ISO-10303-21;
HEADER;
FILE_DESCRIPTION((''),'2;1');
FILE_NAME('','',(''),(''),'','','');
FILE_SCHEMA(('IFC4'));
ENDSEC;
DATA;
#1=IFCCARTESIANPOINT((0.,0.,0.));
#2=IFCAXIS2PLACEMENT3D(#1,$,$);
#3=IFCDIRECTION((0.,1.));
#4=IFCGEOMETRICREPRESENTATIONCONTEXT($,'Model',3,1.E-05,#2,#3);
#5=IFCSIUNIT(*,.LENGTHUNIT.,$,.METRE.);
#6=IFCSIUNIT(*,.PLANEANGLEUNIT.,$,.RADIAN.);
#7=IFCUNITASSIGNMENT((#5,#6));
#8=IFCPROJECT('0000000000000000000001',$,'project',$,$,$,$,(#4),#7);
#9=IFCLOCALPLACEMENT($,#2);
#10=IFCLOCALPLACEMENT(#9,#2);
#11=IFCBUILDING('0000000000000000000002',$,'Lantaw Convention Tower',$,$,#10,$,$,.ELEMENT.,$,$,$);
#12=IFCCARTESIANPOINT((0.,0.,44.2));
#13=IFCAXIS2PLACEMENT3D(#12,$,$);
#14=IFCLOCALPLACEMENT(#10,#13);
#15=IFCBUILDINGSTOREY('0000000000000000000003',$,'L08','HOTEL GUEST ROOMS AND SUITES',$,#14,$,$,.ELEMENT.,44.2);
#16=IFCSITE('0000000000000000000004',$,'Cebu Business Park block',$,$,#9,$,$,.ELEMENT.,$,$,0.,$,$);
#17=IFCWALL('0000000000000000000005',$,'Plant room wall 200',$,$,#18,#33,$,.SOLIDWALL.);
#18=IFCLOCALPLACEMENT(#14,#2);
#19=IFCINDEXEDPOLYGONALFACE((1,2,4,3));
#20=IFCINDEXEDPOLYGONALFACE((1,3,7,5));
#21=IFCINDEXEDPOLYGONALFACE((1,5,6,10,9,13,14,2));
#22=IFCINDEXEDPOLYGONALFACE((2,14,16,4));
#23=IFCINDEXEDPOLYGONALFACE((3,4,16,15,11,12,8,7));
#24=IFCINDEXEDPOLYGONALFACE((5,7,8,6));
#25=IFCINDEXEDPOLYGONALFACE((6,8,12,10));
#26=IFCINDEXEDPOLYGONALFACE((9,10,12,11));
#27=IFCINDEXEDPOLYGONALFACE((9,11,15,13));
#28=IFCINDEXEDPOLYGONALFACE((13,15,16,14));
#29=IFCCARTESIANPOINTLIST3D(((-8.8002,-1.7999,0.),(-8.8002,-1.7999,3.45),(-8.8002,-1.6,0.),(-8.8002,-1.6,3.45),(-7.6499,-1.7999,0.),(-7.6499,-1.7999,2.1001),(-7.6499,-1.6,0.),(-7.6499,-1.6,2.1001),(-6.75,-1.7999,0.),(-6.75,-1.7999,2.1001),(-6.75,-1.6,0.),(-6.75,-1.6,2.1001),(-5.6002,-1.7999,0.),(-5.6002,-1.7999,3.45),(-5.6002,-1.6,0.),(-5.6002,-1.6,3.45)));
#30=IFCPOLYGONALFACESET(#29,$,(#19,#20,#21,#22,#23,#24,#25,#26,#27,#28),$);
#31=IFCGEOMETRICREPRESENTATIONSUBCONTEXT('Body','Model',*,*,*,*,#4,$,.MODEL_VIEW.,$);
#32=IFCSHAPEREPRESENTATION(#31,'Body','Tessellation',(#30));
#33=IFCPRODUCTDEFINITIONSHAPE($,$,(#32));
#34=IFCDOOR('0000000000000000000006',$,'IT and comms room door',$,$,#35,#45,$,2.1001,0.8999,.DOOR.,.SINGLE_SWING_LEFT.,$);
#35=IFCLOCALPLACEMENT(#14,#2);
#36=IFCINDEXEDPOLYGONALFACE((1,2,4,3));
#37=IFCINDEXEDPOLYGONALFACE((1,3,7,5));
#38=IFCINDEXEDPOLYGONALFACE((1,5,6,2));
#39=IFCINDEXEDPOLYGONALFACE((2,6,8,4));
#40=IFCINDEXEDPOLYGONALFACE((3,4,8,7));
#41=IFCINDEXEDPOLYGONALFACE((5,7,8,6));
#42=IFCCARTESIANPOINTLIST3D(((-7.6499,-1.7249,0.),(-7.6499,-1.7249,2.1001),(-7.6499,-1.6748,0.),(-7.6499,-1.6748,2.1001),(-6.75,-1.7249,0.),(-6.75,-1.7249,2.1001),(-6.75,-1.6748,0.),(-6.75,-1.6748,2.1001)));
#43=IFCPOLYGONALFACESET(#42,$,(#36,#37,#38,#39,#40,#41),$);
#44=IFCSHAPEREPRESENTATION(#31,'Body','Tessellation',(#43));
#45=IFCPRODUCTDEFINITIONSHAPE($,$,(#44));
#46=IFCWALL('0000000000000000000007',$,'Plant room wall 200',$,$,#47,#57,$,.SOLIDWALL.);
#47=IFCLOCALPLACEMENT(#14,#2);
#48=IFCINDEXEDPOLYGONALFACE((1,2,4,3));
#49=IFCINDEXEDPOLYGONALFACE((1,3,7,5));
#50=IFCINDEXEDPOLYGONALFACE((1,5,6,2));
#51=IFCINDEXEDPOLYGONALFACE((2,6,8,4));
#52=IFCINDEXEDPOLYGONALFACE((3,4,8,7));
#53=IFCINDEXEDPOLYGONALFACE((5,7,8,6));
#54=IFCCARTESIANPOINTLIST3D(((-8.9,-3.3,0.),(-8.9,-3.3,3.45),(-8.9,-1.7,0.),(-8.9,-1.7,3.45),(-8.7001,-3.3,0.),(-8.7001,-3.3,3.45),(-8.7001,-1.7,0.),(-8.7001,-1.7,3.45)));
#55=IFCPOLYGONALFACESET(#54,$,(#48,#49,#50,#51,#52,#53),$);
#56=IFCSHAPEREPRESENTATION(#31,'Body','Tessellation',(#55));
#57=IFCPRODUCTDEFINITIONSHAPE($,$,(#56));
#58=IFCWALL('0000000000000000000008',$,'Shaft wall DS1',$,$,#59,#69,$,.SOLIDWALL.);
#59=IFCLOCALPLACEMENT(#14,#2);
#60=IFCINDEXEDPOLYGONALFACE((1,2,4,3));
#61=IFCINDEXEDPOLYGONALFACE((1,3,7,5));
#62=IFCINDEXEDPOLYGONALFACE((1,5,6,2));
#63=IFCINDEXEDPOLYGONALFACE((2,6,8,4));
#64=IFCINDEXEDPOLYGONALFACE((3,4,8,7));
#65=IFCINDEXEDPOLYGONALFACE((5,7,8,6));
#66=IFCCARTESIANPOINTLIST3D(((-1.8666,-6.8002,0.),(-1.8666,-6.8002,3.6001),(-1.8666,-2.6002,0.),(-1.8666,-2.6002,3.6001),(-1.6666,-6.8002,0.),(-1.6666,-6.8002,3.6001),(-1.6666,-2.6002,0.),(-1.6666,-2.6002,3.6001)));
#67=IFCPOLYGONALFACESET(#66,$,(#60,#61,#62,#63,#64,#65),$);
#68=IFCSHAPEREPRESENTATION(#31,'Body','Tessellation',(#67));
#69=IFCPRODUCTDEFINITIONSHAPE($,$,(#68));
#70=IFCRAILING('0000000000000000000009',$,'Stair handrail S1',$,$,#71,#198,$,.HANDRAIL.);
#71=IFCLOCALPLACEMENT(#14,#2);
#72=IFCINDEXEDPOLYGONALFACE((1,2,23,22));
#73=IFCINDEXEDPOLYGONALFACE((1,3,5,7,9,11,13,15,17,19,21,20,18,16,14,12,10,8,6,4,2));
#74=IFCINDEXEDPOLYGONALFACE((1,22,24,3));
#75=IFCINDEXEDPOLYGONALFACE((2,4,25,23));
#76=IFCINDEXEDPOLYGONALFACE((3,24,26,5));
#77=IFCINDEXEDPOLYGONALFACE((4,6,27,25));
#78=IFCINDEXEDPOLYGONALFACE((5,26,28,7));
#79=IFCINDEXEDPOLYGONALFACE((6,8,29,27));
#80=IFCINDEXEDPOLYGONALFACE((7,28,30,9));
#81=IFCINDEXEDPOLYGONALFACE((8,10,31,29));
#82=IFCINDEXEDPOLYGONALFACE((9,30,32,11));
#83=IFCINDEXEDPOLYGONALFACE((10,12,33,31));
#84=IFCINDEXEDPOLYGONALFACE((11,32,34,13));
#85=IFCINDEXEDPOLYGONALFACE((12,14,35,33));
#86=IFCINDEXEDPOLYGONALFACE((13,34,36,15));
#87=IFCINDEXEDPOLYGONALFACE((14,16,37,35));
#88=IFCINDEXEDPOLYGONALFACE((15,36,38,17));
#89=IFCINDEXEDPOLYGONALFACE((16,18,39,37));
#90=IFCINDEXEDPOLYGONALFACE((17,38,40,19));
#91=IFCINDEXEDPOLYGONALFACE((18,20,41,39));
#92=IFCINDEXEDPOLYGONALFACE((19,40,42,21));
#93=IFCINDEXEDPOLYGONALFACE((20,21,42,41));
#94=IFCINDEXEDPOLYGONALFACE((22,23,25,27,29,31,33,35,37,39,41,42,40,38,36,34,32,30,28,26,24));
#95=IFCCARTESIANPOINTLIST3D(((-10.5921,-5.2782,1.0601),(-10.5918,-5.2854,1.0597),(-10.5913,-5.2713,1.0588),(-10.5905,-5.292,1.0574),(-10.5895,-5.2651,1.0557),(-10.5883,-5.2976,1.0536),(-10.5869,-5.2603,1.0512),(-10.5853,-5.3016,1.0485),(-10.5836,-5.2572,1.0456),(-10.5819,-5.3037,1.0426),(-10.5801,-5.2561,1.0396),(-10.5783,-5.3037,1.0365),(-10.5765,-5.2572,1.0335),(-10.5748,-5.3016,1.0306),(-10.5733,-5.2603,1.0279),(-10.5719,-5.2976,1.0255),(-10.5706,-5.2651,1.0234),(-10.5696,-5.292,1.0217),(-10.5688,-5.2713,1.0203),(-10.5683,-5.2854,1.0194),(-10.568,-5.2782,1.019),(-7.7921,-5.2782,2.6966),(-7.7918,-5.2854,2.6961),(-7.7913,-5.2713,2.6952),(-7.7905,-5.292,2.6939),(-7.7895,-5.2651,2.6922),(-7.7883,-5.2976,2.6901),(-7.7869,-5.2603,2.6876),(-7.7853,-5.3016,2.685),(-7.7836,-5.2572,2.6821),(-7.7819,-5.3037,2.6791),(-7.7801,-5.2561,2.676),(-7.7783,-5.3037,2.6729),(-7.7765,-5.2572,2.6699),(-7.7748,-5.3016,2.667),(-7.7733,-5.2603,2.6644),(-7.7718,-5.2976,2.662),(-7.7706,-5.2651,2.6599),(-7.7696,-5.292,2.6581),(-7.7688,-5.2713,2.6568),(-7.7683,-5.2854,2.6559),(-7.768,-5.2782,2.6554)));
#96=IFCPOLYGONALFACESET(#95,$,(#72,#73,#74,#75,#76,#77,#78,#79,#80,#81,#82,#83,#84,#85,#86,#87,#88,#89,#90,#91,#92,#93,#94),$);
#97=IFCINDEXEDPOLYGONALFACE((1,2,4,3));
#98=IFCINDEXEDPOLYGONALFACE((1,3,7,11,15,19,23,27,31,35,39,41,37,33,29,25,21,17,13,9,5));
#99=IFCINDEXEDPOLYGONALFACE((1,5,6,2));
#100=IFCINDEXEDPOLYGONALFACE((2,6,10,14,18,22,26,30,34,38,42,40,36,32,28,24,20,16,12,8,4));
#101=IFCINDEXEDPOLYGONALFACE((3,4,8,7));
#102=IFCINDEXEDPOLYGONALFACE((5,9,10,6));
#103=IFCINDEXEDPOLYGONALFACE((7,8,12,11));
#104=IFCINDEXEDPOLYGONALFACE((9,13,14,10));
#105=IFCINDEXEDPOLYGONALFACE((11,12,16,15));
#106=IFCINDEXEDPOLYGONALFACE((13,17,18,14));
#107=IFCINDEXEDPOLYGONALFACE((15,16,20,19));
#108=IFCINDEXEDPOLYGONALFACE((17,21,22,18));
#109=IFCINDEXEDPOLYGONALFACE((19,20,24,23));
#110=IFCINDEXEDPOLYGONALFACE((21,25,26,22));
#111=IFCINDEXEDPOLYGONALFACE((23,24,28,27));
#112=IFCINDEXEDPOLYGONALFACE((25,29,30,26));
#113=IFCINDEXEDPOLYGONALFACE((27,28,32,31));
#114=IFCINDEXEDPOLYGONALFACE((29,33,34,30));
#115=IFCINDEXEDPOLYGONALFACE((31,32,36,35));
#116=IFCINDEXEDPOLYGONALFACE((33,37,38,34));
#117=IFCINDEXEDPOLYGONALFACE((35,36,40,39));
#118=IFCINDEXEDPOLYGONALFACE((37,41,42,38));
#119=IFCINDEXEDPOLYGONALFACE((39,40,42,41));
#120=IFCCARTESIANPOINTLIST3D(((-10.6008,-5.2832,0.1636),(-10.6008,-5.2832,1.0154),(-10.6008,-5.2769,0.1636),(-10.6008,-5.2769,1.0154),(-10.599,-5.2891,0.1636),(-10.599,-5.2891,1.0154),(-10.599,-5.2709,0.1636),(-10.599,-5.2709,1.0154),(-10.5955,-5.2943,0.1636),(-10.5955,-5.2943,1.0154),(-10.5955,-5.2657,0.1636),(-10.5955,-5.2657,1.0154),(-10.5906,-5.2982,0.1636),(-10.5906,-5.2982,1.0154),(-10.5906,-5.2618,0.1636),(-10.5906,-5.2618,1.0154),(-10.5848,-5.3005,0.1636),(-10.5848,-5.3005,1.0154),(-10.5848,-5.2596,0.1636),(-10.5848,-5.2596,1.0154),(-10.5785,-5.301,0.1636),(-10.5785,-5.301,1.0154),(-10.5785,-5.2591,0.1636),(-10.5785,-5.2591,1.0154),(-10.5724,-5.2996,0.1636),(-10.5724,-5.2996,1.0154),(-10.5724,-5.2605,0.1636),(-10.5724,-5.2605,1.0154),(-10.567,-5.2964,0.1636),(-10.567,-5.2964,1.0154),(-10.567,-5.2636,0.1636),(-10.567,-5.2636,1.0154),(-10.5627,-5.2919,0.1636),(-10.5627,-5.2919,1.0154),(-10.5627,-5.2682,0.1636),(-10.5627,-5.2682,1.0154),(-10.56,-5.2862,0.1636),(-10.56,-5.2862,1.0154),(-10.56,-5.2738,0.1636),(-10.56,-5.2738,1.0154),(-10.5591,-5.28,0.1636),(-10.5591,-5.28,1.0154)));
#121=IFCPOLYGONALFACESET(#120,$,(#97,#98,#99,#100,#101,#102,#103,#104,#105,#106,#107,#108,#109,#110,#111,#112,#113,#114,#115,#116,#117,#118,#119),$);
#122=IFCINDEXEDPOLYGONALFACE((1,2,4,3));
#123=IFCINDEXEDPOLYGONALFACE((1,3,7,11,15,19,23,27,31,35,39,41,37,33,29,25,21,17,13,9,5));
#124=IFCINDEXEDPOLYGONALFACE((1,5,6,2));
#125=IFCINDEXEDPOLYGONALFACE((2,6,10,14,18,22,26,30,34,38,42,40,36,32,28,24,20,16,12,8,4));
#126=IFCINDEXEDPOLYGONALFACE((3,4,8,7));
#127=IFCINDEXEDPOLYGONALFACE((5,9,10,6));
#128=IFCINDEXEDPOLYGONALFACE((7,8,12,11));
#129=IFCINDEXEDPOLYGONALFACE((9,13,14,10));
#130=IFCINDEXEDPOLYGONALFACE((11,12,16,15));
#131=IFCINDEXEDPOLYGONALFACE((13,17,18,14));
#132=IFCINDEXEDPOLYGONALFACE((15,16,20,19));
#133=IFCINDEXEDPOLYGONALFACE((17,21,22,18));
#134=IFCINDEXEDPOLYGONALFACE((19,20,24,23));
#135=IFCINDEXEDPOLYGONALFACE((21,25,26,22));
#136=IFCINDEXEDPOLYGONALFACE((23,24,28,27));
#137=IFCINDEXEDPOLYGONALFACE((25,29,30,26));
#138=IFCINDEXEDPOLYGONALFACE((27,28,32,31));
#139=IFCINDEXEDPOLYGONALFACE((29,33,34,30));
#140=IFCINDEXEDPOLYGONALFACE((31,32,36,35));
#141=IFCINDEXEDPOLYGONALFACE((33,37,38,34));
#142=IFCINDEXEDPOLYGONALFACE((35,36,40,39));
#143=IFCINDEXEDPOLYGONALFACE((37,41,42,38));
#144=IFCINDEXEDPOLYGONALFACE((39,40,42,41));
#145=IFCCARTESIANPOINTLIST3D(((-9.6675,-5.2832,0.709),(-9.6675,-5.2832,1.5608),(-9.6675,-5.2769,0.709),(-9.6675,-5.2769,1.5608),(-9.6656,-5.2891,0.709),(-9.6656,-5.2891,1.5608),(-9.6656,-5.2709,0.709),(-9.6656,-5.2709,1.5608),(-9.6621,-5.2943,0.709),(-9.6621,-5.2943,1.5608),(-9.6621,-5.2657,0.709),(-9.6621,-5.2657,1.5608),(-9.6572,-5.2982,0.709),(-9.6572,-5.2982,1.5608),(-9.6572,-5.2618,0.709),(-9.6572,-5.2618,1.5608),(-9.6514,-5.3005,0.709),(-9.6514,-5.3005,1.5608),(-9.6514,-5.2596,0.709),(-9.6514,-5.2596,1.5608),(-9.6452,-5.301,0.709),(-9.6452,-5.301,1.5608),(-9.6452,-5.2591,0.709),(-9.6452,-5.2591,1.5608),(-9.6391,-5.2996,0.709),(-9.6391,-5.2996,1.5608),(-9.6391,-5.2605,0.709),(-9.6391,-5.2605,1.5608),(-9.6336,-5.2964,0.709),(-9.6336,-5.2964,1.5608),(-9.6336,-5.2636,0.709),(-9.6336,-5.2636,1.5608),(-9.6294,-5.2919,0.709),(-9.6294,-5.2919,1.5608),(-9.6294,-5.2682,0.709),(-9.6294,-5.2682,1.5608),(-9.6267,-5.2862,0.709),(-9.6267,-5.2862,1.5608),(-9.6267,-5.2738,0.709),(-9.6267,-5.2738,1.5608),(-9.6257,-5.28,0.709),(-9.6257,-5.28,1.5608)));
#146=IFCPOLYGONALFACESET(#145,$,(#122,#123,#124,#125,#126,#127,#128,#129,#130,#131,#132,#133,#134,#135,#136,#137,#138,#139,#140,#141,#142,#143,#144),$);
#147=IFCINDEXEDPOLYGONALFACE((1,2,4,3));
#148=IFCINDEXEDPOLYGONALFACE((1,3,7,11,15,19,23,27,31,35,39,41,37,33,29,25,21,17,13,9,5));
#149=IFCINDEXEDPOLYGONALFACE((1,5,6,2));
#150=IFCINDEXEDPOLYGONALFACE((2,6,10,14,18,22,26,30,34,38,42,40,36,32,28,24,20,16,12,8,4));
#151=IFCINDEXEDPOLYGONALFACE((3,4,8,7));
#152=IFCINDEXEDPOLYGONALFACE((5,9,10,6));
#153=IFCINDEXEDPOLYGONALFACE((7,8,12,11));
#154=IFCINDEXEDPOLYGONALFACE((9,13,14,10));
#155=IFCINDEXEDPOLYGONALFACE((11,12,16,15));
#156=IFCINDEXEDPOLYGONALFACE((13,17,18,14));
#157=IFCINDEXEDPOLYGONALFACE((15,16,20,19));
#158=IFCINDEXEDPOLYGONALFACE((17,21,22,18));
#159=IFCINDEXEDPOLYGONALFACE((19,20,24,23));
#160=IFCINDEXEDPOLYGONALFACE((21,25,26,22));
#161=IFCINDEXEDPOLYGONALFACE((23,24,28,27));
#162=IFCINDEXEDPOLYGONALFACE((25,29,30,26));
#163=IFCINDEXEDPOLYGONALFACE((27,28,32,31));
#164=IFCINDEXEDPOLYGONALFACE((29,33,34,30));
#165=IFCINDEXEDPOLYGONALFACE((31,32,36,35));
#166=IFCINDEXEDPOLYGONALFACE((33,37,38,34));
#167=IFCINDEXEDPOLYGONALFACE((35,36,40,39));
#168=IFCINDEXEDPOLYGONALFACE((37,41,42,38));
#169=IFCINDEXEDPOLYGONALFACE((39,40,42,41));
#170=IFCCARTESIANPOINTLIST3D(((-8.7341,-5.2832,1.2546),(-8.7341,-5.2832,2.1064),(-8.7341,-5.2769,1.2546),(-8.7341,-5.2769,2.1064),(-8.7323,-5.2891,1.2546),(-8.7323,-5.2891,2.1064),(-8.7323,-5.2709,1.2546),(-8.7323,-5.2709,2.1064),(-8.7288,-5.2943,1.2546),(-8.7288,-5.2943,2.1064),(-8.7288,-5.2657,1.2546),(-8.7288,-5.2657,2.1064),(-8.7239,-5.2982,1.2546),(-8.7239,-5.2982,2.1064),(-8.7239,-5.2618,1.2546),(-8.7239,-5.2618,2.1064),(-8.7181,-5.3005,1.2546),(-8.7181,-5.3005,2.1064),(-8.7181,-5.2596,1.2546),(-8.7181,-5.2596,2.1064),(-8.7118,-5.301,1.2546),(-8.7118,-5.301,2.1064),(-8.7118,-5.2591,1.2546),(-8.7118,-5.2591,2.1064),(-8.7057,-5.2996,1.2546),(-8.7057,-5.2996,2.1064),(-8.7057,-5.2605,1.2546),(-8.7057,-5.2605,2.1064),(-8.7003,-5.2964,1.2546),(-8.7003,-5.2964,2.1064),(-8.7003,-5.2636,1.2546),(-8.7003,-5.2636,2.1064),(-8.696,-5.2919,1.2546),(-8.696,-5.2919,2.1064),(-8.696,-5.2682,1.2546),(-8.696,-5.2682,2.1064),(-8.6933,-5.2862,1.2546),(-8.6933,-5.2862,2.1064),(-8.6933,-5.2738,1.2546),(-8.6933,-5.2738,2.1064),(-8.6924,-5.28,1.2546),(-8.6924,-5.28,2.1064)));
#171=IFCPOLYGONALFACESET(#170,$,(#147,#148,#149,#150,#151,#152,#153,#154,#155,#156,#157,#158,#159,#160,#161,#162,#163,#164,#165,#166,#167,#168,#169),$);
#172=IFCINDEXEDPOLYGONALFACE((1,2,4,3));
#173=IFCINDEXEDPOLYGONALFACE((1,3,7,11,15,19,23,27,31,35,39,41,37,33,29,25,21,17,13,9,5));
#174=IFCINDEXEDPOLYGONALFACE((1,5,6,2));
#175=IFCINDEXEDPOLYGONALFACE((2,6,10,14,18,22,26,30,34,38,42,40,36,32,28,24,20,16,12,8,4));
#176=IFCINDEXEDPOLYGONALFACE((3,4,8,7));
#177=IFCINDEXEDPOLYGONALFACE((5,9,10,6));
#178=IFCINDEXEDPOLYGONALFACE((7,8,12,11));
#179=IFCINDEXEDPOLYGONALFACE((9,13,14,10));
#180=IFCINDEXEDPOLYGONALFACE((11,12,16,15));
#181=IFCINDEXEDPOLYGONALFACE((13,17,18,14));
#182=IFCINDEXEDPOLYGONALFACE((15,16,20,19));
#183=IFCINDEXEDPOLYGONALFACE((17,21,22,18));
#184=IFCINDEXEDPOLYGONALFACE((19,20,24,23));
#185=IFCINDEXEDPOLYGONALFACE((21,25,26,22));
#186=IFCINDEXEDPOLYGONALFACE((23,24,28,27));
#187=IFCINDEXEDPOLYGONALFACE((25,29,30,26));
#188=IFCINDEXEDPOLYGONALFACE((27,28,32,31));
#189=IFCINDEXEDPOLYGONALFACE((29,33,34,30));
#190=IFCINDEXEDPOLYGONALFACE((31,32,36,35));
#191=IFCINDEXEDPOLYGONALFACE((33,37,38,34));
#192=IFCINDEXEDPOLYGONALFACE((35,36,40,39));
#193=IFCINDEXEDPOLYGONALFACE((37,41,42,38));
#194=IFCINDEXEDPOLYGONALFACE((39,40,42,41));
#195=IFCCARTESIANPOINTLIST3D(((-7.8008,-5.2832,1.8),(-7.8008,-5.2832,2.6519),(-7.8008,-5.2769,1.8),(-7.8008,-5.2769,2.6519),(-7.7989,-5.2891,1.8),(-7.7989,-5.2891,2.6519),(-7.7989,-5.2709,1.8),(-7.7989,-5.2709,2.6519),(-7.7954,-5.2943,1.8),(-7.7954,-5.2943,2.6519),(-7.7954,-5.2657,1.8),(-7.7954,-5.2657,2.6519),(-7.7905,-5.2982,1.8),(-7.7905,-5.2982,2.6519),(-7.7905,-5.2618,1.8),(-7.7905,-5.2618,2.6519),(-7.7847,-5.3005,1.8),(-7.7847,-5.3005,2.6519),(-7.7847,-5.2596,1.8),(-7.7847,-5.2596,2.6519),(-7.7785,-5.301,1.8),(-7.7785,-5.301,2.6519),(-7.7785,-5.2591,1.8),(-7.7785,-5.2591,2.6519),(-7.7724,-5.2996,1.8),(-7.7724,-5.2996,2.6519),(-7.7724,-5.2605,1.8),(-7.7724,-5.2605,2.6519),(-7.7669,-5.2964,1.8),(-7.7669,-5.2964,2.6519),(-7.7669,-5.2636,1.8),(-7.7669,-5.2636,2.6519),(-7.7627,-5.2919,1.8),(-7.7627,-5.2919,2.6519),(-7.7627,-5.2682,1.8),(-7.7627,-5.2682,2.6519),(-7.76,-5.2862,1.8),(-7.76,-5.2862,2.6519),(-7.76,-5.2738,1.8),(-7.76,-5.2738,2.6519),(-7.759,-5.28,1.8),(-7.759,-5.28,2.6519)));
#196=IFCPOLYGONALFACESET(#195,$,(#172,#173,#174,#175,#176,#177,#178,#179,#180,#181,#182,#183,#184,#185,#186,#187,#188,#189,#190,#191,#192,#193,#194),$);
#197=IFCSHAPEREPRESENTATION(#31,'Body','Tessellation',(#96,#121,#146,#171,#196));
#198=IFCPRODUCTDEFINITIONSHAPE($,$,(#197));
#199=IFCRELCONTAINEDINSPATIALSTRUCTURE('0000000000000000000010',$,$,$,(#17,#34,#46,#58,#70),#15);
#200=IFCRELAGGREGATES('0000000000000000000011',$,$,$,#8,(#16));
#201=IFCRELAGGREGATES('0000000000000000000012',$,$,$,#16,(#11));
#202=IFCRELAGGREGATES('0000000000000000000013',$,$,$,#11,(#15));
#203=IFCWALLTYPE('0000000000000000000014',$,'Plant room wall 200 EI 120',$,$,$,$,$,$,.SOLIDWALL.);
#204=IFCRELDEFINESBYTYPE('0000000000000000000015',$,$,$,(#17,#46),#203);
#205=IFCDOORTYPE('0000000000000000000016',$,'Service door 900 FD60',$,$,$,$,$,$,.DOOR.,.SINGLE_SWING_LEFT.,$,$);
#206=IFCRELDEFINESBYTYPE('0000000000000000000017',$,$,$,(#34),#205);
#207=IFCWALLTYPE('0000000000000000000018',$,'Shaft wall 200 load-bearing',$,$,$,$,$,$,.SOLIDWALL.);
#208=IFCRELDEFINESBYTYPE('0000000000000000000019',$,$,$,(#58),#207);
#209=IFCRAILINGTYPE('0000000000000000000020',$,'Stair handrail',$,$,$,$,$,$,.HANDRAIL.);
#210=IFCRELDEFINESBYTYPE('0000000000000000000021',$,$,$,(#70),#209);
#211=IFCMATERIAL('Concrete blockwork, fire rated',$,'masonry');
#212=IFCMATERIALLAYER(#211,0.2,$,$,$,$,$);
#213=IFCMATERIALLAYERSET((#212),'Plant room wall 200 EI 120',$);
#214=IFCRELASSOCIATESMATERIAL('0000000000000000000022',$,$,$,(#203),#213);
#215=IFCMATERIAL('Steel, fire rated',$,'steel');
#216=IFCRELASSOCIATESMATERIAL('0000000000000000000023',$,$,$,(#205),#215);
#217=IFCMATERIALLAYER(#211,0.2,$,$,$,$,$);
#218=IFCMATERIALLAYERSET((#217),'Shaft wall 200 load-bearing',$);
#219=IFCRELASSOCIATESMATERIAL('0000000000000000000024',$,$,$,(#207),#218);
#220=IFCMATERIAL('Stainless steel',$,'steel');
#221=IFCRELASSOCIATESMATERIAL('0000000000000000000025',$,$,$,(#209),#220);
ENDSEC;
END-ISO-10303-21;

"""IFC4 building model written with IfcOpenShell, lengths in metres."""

from ifc_helpers import new_model, si_unit, direction, frame, frame_2d, origin, origin_2d, place, context, subcontext, project, spatial, rectangle, circle, extrude, material, layer, layer_set, type_object, element, fill, save


model = new_model("IFC4")

# Units and contexts
model_context = context("Model", 3, precision=1e-05, world=origin(), true_north=direction((0.0, 1.0)))
body_context = subcontext(model_context, "Body", "Model", "MODEL_VIEW")
ifc_project = project(units=[si_unit("LENGTHUNIT", "METRE"), si_unit("PLANEANGLEUNIT", "RADIAN")], contexts=[model_context])

# Site, building, storey
site_placement = place(None, origin())
site = spatial("IfcSite", under=ifc_project, at=site_placement, Name="Cebu Business Park block", CompositionType="ELEMENT", RefElevation=0.0)
building_placement = place(site_placement, origin())
building = spatial("IfcBuilding", under=site, at=building_placement, Name="Lantaw Convention Tower", CompositionType="ELEMENT")
storey_placement = place(building_placement, frame((0.0, 0.0, 44.2)))
storey = spatial("IfcBuildingStorey", under=building, at=storey_placement, Name="L08", Description="HOTEL GUEST ROOMS AND SUITES", CompositionType="ELEMENT", Elevation=44.2)

# Shared definitions
ifc_material_1 = material(Name="Steel, fire rated", Category="steel")

# Shared definitions
ifc_material_2 = material(Name="Stainless steel", Category="steel")

# Wall, opening, door
ifc_material_3 = material(Name="Concrete blockwork, fire rated", Category="masonry")
ifc_layer_1 = layer(ifc_material_3, 0.2)
ifc_layer_set_1 = layer_set([ifc_layer_1], Name="Plant room wall 200 EI 120")
wall_type_1 = type_object("IfcWallType", Name="Plant room wall 200 EI 120", PredefinedType="SOLIDWALL", material=ifc_layer_set_1)
wall_1_placement = place(storey_placement, frame((-5.6001, -1.7, 0.0), z_axis=(0.0, 0.0, 1.0), x_axis=(-1.0, 0.0, 0.0)))
wall_1 = element("IfcWall", 1, at=wall_1_placement, inside=storey, type_object=wall_type_1, Name="Plant room wall 200", PredefinedType="SOLIDWALL", context=body_context, shape_type="SweptSolid", body=[
    extrude(rectangle(XDim=3.2, YDim=0.2, at=frame_2d((1.6001, 0.0))), origin(), (0.0, 0.0, 1.0), 3.45),
])
opening_1_placement = place(wall_1_placement, frame((1.1499, 0.0, 0.0)))
opening_1 = element("IfcOpeningElement", 2, at=opening_1_placement, cuts=wall_1, PredefinedType="OPENING", context=body_context, shape_type="SweptSolid", body=[
    extrude(rectangle(XDim=0.8999, YDim=2.1001, at=frame_2d((0.45, 1.05))), frame((0.0, 0.1099, 0.0), z_axis=(0.0, -1.0, 0.0), x_axis=(1.0, 0.0, 0.0)), (0.0, 0.0, 1.0), 0.22),
])
door_type_1 = type_object("IfcDoorType", Name="Service door 900 FD60", OperationType="SINGLE_SWING_LEFT", PredefinedType="DOOR", material=ifc_material_1)
door_1_placement = place(opening_1_placement, origin())
door_1 = element("IfcDoor", 3, at=door_1_placement, inside=storey, type_object=door_type_1, Name="IT and comms room door", OperationType="SINGLE_SWING_LEFT", OverallHeight=2.1001, OverallWidth=0.8999, PredefinedType="DOOR", context=body_context, shape_type="SweptSolid", body=[
    extrude(rectangle(XDim=0.8999, YDim=2.1001, at=frame_2d((0.45, 1.05))), frame((0.0, 0.0249, 0.0), z_axis=(0.0, -1.0, 0.0), x_axis=(1.0, 0.0, 0.0)), (0.0, 0.0, 1.0), 0.05),
])
fill(opening_1, door_1)

# Walls
wall_2_placement = place(storey_placement, frame((-8.8, -1.7, 0.0), z_axis=(0.0, 0.0, 1.0), x_axis=(0.0, -1.0, 0.0)))
element("IfcWall", 4, at=wall_2_placement, inside=storey, type_object=wall_type_1, Name="Plant room wall 200", PredefinedType="SOLIDWALL", context=body_context, shape_type="SweptSolid", body=[
    extrude(rectangle(XDim=1.6001, YDim=0.2, at=frame_2d((0.8, 0.0))), origin(), (0.0, 0.0, 1.0), 3.45),
])
ifc_layer_2 = layer(ifc_material_3, 0.2)
ifc_layer_set_2 = layer_set([ifc_layer_2], Name="Shaft wall 200 load-bearing")
wall_type_2 = type_object("IfcWallType", Name="Shaft wall 200 load-bearing", PredefinedType="SOLIDWALL", material=ifc_layer_set_2)
wall_3_placement = place(storey_placement, frame((-1.7666, -2.6001, 0.0), z_axis=(0.0, 0.0, 1.0), x_axis=(0.0, -1.0, 0.0)))
element("IfcWall", 5, at=wall_3_placement, inside=storey, type_object=wall_type_2, Name="Shaft wall DS1", PredefinedType="SOLIDWALL", context=body_context, shape_type="SweptSolid", body=[
    extrude(rectangle(XDim=4.2, YDim=0.2, at=frame_2d((2.1001, 0.0))), origin(), (0.0, 0.0, 1.0), 3.6001),
])

# Railing
railing_type = type_object("IfcRailingType", Name="Stair handrail", PredefinedType="HANDRAIL", material=ifc_material_2)
railing_1_placement = place(storey_placement, frame((-10.5801, -5.28, 0.1636)))
element("IfcRailing", 6, at=railing_1_placement, inside=storey, type_object=railing_type, Name="Stair handrail S1", PredefinedType="HANDRAIL", context=body_context, shape_type="SweptSolid", body=[
    extrude(circle(Radius=0.0239, at=origin_2d()), frame((0.0, 0.0, 0.876), z_axis=(0.863361, 0.0, 0.504587), x_axis=(0.0, 1.0, 0.0)), (0.0, 0.0, 1.0), 3.2432),
    extrude(circle(Radius=0.021, at=origin_2d()), origin(), (0.0, 0.0, 1.0), 0.8518),
    extrude(circle(Radius=0.021, at=origin_2d()), frame((0.9333, 0.0, 0.5454)), (0.0, 0.0, 1.0), 0.8518),
    extrude(circle(Radius=0.021, at=origin_2d()), frame((1.8667, 0.0, 1.0911)), (0.0, 0.0, 1.0), 0.8518),
    extrude(circle(Radius=0.021, at=origin_2d()), frame((2.8, 0.0, 1.6365)), (0.0, 0.0, 1.0), 0.8518),
])

save(model, "model.ifc")
